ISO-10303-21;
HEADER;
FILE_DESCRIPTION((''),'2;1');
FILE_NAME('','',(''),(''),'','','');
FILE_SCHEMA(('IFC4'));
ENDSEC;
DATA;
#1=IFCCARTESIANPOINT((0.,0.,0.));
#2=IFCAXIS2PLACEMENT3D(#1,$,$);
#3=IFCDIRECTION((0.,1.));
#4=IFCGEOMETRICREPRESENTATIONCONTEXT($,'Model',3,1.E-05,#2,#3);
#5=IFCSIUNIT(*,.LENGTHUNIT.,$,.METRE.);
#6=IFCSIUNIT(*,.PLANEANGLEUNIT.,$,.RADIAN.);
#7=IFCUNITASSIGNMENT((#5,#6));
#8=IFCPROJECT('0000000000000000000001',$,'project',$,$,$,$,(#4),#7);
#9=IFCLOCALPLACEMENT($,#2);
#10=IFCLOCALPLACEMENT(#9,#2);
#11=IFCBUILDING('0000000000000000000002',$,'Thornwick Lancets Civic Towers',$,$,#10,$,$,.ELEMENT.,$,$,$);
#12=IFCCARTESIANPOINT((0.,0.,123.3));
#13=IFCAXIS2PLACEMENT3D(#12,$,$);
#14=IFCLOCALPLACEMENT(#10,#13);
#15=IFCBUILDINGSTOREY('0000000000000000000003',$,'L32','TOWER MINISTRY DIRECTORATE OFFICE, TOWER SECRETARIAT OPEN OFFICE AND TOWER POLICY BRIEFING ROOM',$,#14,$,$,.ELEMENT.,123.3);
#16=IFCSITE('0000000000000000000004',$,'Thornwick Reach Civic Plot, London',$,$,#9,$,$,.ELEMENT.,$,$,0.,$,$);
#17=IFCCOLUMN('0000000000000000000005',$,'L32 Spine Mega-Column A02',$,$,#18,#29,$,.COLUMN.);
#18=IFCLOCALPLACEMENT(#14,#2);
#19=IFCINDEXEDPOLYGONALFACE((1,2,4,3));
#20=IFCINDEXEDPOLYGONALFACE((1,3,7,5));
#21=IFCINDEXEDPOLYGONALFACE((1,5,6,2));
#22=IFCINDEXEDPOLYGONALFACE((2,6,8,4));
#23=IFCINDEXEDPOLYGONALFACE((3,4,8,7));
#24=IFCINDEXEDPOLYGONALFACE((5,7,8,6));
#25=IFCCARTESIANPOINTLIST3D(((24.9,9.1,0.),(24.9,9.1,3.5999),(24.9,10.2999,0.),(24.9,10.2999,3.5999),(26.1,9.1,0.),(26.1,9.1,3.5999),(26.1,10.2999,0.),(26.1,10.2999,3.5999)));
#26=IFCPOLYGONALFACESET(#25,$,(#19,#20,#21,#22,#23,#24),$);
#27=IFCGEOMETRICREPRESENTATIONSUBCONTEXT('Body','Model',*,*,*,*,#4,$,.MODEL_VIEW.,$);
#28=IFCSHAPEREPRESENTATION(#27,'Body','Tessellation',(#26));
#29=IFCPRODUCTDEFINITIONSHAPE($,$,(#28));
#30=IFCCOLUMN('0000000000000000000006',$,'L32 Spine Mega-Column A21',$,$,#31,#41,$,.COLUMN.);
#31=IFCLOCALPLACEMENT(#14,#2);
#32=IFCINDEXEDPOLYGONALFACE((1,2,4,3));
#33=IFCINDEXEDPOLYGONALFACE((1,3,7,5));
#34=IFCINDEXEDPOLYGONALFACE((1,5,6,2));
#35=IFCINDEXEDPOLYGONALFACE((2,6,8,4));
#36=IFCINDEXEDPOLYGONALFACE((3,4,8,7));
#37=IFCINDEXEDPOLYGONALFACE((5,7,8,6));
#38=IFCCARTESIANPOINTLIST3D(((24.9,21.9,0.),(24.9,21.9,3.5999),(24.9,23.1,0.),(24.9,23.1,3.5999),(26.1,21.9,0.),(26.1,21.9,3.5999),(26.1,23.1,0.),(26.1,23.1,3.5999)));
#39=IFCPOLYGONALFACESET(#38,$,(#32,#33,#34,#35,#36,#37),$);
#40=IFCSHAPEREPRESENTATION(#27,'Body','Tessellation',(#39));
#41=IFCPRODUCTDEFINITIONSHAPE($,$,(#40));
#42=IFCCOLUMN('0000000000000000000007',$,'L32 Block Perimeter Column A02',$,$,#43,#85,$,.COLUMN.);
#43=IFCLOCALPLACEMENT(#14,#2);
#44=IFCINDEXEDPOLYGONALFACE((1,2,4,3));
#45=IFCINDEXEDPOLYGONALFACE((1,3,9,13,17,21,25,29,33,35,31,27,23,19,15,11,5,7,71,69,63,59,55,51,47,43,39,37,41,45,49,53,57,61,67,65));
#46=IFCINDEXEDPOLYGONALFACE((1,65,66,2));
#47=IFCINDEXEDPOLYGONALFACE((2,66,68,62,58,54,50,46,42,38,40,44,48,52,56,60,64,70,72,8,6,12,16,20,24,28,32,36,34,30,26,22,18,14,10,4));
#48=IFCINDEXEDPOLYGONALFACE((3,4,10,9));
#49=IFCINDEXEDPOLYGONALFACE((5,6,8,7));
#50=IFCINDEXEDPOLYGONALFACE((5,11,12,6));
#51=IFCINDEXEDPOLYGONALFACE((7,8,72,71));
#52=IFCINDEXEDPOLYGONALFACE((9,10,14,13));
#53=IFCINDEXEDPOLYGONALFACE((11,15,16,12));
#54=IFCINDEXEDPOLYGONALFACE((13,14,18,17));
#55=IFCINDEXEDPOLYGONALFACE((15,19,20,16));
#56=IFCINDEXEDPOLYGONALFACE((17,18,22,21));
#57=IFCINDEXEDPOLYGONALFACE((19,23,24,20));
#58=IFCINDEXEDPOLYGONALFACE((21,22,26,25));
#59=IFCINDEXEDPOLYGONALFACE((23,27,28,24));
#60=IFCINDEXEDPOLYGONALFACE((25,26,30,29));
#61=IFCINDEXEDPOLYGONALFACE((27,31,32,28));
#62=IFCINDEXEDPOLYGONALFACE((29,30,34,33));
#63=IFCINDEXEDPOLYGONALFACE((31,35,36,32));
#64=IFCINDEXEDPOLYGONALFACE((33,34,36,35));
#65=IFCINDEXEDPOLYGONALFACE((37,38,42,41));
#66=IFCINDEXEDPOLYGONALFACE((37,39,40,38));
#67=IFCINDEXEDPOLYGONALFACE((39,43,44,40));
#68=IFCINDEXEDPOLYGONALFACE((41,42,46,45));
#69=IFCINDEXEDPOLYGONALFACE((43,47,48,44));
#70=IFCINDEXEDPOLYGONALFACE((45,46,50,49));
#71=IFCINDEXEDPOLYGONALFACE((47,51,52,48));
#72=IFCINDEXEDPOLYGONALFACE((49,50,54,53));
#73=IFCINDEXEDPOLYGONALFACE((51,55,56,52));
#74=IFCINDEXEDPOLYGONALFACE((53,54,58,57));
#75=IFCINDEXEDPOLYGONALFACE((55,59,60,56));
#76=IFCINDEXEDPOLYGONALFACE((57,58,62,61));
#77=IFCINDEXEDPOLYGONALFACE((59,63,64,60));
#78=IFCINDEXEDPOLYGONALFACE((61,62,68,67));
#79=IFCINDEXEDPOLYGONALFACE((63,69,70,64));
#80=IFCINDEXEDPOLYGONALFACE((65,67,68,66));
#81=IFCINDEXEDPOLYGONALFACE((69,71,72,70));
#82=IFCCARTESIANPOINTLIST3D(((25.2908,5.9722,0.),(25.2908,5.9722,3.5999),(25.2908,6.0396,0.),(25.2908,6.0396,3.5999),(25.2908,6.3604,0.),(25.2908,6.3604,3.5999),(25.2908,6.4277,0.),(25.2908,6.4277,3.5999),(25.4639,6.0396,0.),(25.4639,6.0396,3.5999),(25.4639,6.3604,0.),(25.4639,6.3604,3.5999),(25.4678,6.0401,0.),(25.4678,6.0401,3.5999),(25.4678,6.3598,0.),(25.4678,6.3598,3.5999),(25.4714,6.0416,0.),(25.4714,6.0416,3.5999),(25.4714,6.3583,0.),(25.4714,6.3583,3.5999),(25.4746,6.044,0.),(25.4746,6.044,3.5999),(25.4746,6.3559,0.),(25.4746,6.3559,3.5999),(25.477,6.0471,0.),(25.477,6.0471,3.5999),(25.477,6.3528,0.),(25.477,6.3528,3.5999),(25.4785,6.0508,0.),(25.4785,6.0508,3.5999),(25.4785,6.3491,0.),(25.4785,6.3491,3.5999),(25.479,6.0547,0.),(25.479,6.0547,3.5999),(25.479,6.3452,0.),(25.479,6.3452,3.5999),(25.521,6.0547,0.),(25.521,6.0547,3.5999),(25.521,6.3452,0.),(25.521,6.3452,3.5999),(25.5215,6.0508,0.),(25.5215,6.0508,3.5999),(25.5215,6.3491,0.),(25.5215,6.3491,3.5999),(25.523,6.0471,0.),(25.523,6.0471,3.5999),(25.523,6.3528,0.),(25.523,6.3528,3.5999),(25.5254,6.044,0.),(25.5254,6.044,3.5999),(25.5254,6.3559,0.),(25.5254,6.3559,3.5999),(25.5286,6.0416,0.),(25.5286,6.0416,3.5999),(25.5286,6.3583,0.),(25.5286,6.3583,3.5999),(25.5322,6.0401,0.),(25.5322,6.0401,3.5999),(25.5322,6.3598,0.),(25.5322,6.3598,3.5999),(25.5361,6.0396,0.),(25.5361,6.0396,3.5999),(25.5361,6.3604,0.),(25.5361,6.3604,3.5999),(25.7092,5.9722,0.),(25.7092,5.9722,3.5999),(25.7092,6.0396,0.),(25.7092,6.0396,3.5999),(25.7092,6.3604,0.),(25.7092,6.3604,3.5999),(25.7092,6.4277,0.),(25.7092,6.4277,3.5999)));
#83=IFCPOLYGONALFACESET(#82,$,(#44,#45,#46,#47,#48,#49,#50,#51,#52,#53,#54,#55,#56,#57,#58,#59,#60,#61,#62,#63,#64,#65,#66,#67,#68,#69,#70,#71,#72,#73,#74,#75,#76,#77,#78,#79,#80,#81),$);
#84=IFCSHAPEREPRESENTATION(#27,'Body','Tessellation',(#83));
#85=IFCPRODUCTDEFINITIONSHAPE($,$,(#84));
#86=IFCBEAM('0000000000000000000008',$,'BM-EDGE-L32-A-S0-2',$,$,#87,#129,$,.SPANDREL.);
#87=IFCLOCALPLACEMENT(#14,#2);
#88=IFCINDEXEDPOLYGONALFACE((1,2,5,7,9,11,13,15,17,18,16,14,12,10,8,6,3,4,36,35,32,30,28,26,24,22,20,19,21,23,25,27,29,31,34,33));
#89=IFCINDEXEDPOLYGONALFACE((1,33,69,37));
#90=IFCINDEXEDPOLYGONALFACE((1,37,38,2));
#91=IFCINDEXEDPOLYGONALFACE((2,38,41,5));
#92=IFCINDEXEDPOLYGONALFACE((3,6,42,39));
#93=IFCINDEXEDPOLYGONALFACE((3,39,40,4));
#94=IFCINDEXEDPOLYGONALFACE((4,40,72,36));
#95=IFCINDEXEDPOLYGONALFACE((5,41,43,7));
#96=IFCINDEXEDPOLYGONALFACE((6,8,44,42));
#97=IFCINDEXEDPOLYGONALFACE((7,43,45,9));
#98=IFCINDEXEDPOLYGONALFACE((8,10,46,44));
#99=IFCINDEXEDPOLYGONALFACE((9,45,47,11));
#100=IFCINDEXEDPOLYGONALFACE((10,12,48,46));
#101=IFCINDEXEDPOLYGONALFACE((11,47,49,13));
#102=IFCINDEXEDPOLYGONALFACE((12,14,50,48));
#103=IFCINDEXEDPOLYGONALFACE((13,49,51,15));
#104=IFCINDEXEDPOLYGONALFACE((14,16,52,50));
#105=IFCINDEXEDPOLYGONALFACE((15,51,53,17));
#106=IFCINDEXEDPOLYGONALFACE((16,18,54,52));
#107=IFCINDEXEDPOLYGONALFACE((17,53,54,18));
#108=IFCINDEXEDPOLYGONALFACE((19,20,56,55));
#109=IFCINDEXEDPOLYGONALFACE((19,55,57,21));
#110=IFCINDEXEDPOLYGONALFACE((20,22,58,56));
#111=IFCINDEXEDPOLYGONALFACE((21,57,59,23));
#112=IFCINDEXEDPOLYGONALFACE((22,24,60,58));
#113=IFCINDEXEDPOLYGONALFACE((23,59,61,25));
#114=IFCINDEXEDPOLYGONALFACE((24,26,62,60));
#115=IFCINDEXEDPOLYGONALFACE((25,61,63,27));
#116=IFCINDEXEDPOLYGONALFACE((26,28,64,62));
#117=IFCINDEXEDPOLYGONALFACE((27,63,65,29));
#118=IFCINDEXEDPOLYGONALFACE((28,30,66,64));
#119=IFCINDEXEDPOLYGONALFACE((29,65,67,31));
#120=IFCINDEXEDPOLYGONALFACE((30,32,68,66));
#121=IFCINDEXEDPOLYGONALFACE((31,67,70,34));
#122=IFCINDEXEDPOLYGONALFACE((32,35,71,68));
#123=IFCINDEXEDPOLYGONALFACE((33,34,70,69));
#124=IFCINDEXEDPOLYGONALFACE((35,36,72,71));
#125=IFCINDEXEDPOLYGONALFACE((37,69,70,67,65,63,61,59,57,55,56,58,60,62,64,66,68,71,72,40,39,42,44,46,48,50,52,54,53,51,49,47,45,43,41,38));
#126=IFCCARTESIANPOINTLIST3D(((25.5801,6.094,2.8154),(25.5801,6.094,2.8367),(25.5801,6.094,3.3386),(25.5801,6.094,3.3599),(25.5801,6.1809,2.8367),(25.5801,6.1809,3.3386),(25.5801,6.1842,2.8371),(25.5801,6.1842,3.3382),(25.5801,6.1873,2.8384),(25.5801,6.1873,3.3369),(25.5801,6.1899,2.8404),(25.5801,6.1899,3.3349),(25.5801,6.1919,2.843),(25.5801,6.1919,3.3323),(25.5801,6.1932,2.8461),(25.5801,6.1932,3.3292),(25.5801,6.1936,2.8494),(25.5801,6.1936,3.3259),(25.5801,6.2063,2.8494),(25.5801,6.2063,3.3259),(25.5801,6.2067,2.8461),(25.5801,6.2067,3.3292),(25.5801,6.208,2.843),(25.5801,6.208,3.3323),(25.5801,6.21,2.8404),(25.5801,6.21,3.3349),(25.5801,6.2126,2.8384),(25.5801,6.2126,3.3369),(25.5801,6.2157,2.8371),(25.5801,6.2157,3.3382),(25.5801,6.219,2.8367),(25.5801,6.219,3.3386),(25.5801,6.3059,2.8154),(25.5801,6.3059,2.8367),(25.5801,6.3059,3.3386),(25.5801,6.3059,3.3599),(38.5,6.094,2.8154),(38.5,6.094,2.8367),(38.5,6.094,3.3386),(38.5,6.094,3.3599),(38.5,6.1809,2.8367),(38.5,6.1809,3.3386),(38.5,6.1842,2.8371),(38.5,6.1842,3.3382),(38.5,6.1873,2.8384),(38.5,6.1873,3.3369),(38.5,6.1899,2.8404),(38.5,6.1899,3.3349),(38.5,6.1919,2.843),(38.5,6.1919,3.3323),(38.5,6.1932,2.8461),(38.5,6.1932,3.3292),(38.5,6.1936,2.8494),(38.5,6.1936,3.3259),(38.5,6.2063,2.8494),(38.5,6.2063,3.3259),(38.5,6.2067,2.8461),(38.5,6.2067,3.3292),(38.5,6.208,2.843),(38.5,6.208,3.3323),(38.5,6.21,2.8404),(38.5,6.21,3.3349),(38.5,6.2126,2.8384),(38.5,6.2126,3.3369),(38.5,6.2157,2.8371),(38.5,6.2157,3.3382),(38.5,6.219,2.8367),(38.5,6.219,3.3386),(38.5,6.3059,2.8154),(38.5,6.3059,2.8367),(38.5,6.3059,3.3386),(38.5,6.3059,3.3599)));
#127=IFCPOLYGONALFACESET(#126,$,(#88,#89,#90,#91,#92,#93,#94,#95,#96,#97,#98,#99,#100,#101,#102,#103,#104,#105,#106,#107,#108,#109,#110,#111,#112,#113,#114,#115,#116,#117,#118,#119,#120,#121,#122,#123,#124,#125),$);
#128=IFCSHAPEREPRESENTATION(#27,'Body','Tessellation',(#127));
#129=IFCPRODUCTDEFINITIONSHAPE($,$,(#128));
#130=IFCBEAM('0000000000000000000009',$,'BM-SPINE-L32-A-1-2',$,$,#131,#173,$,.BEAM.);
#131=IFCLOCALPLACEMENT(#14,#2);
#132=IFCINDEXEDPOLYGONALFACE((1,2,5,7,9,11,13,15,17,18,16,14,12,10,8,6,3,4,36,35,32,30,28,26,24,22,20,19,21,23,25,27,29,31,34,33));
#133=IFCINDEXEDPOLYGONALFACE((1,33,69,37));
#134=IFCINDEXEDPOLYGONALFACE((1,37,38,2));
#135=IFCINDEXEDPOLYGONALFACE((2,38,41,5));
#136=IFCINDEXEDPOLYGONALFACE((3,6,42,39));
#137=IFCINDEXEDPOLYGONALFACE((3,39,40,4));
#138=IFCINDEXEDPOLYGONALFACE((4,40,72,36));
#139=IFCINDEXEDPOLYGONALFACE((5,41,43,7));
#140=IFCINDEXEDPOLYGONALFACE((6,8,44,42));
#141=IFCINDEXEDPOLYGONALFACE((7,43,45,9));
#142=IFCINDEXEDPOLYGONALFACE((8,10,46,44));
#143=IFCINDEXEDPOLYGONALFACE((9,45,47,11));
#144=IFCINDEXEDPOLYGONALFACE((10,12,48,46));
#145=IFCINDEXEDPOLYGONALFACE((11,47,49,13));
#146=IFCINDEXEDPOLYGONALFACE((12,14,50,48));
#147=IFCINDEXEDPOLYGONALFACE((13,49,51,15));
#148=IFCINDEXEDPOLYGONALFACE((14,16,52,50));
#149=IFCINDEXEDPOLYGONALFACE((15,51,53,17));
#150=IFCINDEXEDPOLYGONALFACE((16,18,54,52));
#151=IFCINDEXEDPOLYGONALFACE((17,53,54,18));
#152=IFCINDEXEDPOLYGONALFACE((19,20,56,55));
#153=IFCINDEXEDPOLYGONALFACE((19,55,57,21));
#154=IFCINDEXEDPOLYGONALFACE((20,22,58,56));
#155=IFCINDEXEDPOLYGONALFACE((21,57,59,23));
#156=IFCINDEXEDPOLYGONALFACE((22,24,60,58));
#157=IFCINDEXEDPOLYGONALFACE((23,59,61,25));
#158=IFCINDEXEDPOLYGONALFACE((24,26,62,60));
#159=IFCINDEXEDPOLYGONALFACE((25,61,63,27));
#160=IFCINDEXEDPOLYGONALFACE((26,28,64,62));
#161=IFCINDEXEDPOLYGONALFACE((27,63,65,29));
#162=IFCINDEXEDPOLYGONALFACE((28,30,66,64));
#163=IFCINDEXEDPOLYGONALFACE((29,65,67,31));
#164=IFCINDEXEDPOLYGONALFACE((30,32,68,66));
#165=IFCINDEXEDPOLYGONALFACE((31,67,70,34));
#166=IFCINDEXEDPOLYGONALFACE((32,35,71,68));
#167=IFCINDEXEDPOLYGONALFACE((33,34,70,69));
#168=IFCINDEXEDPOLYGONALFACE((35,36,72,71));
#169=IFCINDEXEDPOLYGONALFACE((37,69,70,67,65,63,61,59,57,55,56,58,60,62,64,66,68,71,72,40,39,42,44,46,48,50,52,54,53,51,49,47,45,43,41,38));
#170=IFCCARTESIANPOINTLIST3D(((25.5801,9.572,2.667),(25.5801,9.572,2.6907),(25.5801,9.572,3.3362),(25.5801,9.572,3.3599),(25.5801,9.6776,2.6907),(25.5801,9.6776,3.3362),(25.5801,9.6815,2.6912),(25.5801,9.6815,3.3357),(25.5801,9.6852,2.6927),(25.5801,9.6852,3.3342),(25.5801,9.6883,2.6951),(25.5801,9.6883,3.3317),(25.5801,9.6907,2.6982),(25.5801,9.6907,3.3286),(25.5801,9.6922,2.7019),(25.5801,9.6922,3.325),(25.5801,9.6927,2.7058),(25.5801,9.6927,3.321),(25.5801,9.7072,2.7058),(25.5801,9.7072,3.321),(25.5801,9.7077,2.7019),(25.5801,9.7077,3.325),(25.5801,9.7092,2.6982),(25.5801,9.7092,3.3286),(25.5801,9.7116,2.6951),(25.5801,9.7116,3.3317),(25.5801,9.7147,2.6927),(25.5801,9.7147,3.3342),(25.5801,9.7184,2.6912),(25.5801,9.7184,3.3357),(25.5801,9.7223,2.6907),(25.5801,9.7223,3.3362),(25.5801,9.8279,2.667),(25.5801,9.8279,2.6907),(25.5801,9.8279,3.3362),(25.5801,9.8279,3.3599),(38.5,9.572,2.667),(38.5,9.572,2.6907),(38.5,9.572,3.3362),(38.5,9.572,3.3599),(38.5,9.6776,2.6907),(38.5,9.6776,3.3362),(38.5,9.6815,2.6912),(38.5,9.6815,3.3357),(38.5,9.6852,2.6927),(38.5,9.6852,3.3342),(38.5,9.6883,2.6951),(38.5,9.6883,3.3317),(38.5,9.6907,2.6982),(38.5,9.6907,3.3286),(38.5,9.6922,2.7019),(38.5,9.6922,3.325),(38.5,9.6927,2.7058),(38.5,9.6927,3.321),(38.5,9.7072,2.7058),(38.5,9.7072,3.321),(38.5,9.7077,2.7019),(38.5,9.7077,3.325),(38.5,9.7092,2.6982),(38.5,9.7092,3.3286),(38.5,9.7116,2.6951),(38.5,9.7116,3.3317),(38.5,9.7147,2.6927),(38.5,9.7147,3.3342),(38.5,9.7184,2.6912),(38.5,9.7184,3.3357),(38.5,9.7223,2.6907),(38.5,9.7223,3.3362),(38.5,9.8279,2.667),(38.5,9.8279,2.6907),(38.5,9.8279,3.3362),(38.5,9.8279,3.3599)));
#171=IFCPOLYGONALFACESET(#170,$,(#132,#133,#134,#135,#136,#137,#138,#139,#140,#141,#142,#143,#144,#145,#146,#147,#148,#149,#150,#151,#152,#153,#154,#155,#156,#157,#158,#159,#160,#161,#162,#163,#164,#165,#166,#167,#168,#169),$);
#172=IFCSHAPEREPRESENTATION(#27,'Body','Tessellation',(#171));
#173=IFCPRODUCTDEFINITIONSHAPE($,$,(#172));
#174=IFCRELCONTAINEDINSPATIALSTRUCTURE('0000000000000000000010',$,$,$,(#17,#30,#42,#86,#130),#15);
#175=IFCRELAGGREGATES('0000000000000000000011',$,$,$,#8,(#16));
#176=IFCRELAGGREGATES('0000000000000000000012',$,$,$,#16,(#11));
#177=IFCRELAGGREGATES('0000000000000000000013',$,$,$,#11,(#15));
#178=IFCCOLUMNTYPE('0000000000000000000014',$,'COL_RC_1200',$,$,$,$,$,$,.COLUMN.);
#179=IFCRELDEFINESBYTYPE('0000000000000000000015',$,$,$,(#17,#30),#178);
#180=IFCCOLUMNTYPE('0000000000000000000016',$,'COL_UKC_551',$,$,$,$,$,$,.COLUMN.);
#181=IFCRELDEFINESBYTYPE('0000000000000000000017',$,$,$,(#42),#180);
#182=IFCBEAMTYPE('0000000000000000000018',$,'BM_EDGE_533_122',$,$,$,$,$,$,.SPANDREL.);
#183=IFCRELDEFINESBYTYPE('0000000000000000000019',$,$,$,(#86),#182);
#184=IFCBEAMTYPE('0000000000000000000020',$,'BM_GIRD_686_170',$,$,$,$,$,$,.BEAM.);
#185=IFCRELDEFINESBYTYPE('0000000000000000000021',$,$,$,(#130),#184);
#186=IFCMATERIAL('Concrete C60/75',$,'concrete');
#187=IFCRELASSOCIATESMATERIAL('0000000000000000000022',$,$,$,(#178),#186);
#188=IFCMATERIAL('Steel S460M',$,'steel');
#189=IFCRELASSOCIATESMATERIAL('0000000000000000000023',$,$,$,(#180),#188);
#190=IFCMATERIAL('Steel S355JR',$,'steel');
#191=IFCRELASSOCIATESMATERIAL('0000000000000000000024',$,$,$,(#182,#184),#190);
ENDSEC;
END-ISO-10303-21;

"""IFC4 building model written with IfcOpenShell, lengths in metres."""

from ifc_helpers import new_model, si_unit, direction, frame, origin, origin_2d, place, context, subcontext, project, spatial, rectangle, i_section, extrude, material, material_profile, profile_set, type_object, element, save


model = new_model("IFC4")

# Units and contexts
model_context = context("Model", 3, precision=1e-05, world=origin(), true_north=direction((0.0, 1.0)))
body_context = subcontext(model_context, "Body", "Model", "MODEL_VIEW")
ifc_project = project(units=[si_unit("LENGTHUNIT", "METRE"), si_unit("PLANEANGLEUNIT", "RADIAN")], contexts=[model_context])

# Site, building, storey
site_placement = place(None, origin())
site = spatial("IfcSite", under=ifc_project, at=site_placement, Name="Thornwick Reach Civic Plot, London", CompositionType="ELEMENT", RefElevation=0.0)
building_placement = place(site_placement, origin())
building = spatial("IfcBuilding", under=site, at=building_placement, Name="Thornwick Lancets Civic Towers", CompositionType="ELEMENT")
storey_placement = place(building_placement, frame((0.0, 0.0, 123.3)))
storey = spatial("IfcBuildingStorey", under=building, at=storey_placement, Name="L32", Description="TOWER MINISTRY DIRECTORATE OFFICE, TOWER SECRETARIAT OPEN OFFICE AND TOWER POLICY BRIEFING ROOM", CompositionType="ELEMENT", Elevation=123.3)

# Columns
ifc_material_1 = material(Name="Concrete C60/75", Category="concrete")
ifc_material_profile_1 = material_profile(ifc_material_1, rectangle(XDim=1.2, YDim=1.2, at=origin_2d()), Name="RC 1200x1200")
ifc_profile_set_1 = profile_set([ifc_material_profile_1], Name="Concrete C60/75")
column_type_1 = type_object("IfcColumnType", Name="COL_RC_1200", PredefinedType="COLUMN", material=ifc_profile_set_1)
for number, where, z_axis, x_axis, name in (
    (1, (25.5, 9.7, 0.0), (0.0, 0.0, 1.0), (1.0, 0.0, 0.0), "L32 Spine Mega-Column A02"),
    (2, (25.5, 22.5, 0.0), (0.0, 0.0, 1.0), (1.0, 0.0, 0.0), "L32 Spine Mega-Column A21"),
):
    element("IfcColumn", number, at=place(storey_placement, frame(where, z_axis=z_axis, x_axis=x_axis)), inside=storey, type_object=column_type_1, Name=name, PredefinedType="COLUMN", context=body_context, shape_type="SweptSolid", body=[
        extrude(rectangle(XDim=1.2, YDim=1.2, at=origin_2d()), origin(), (0.0, 0.0, 1.0), 3.5999),
    ])
ifc_material_2 = material(Name="Steel S460M", Category="steel")
ifc_material_profile_2 = material_profile(ifc_material_2, i_section(OverallWidth=0.4185, OverallDepth=0.4556, WebThickness=0.042, FlangeThickness=0.0674, FilletRadius=0.0151, at=origin_2d()), Name="UKC 356x406x551")
ifc_profile_set_2 = profile_set([ifc_material_profile_2], Name="Steel S460M")
column_type_2 = type_object("IfcColumnType", Name="COL_UKC_551", PredefinedType="COLUMN", material=ifc_profile_set_2)
column_placement = place(storey_placement, frame((25.5, 6.2, 0.0), z_axis=(0.0, 0.0, 1.0), x_axis=(1.0, 0.0, 0.0)))
element("IfcColumn", 3, at=column_placement, inside=storey, type_object=column_type_2, Name="L32 Block Perimeter Column A02", PredefinedType="COLUMN", context=body_context, shape_type="SweptSolid", body=[
    extrude(i_section(OverallWidth=0.4185, OverallDepth=0.4556, WebThickness=0.042, FlangeThickness=0.0674, FilletRadius=0.0151, at=origin_2d()), origin(), (0.0, 0.0, 1.0), 3.5999),
])

# Beams
ifc_material_3 = material(Name="Steel S355JR", Category="steel")
ifc_material_profile_3 = material_profile(ifc_material_3, i_section(OverallWidth=0.2119, OverallDepth=0.5444, WebThickness=0.0127, FlangeThickness=0.0212, FilletRadius=0.0127, at=origin_2d()), Name="UKB 533x210x122")
ifc_profile_set_3 = profile_set([ifc_material_profile_3], Name="Steel S355JR")
beam_type_1 = type_object("IfcBeamType", Name="BM_EDGE_533_122", PredefinedType="SPANDREL", material=ifc_profile_set_3)
beam_1_placement = place(storey_placement, frame((25.5801, 6.2, 3.0876), z_axis=(1.0, 0.0, 0.0), x_axis=(0.0, 1.0, 0.0)))
element("IfcBeam", 4, at=beam_1_placement, inside=storey, type_object=beam_type_1, Name="BM-EDGE-L32-A-S0-2", PredefinedType="SPANDREL", context=body_context, shape_type="SweptSolid", body=[
    extrude(i_section(OverallWidth=0.2119, OverallDepth=0.5444, WebThickness=0.0127, FlangeThickness=0.0212, FilletRadius=0.0127, at=origin_2d()), origin(), (0.0, 0.0, 1.0), 12.9199),
])
ifc_material_profile_4 = material_profile(ifc_material_3, i_section(OverallWidth=0.2559, OverallDepth=0.6929, WebThickness=0.0144, FlangeThickness=0.0237, FilletRadius=0.0151, at=origin_2d()), Name="UKB 686x254x170")
ifc_profile_set_4 = profile_set([ifc_material_profile_4], Name="Steel S355JR")
beam_type_2 = type_object("IfcBeamType", Name="BM_GIRD_686_170", PredefinedType="BEAM", material=ifc_profile_set_4)
beam_2_placement = place(storey_placement, frame((25.5801, 9.7, 3.0134), z_axis=(1.0, 0.0, 0.0), x_axis=(0.0, 1.0, 0.0)))
element("IfcBeam", 5, at=beam_2_placement, inside=storey, type_object=beam_type_2, Name="BM-SPINE-L32-A-1-2", PredefinedType="BEAM", context=body_context, shape_type="SweptSolid", body=[
    extrude(i_section(OverallWidth=0.2559, OverallDepth=0.6929, WebThickness=0.0144, FlangeThickness=0.0237, FilletRadius=0.0151, at=origin_2d()), origin(), (0.0, 0.0, 1.0), 12.9199),
])

save(model, "model.ifc")
